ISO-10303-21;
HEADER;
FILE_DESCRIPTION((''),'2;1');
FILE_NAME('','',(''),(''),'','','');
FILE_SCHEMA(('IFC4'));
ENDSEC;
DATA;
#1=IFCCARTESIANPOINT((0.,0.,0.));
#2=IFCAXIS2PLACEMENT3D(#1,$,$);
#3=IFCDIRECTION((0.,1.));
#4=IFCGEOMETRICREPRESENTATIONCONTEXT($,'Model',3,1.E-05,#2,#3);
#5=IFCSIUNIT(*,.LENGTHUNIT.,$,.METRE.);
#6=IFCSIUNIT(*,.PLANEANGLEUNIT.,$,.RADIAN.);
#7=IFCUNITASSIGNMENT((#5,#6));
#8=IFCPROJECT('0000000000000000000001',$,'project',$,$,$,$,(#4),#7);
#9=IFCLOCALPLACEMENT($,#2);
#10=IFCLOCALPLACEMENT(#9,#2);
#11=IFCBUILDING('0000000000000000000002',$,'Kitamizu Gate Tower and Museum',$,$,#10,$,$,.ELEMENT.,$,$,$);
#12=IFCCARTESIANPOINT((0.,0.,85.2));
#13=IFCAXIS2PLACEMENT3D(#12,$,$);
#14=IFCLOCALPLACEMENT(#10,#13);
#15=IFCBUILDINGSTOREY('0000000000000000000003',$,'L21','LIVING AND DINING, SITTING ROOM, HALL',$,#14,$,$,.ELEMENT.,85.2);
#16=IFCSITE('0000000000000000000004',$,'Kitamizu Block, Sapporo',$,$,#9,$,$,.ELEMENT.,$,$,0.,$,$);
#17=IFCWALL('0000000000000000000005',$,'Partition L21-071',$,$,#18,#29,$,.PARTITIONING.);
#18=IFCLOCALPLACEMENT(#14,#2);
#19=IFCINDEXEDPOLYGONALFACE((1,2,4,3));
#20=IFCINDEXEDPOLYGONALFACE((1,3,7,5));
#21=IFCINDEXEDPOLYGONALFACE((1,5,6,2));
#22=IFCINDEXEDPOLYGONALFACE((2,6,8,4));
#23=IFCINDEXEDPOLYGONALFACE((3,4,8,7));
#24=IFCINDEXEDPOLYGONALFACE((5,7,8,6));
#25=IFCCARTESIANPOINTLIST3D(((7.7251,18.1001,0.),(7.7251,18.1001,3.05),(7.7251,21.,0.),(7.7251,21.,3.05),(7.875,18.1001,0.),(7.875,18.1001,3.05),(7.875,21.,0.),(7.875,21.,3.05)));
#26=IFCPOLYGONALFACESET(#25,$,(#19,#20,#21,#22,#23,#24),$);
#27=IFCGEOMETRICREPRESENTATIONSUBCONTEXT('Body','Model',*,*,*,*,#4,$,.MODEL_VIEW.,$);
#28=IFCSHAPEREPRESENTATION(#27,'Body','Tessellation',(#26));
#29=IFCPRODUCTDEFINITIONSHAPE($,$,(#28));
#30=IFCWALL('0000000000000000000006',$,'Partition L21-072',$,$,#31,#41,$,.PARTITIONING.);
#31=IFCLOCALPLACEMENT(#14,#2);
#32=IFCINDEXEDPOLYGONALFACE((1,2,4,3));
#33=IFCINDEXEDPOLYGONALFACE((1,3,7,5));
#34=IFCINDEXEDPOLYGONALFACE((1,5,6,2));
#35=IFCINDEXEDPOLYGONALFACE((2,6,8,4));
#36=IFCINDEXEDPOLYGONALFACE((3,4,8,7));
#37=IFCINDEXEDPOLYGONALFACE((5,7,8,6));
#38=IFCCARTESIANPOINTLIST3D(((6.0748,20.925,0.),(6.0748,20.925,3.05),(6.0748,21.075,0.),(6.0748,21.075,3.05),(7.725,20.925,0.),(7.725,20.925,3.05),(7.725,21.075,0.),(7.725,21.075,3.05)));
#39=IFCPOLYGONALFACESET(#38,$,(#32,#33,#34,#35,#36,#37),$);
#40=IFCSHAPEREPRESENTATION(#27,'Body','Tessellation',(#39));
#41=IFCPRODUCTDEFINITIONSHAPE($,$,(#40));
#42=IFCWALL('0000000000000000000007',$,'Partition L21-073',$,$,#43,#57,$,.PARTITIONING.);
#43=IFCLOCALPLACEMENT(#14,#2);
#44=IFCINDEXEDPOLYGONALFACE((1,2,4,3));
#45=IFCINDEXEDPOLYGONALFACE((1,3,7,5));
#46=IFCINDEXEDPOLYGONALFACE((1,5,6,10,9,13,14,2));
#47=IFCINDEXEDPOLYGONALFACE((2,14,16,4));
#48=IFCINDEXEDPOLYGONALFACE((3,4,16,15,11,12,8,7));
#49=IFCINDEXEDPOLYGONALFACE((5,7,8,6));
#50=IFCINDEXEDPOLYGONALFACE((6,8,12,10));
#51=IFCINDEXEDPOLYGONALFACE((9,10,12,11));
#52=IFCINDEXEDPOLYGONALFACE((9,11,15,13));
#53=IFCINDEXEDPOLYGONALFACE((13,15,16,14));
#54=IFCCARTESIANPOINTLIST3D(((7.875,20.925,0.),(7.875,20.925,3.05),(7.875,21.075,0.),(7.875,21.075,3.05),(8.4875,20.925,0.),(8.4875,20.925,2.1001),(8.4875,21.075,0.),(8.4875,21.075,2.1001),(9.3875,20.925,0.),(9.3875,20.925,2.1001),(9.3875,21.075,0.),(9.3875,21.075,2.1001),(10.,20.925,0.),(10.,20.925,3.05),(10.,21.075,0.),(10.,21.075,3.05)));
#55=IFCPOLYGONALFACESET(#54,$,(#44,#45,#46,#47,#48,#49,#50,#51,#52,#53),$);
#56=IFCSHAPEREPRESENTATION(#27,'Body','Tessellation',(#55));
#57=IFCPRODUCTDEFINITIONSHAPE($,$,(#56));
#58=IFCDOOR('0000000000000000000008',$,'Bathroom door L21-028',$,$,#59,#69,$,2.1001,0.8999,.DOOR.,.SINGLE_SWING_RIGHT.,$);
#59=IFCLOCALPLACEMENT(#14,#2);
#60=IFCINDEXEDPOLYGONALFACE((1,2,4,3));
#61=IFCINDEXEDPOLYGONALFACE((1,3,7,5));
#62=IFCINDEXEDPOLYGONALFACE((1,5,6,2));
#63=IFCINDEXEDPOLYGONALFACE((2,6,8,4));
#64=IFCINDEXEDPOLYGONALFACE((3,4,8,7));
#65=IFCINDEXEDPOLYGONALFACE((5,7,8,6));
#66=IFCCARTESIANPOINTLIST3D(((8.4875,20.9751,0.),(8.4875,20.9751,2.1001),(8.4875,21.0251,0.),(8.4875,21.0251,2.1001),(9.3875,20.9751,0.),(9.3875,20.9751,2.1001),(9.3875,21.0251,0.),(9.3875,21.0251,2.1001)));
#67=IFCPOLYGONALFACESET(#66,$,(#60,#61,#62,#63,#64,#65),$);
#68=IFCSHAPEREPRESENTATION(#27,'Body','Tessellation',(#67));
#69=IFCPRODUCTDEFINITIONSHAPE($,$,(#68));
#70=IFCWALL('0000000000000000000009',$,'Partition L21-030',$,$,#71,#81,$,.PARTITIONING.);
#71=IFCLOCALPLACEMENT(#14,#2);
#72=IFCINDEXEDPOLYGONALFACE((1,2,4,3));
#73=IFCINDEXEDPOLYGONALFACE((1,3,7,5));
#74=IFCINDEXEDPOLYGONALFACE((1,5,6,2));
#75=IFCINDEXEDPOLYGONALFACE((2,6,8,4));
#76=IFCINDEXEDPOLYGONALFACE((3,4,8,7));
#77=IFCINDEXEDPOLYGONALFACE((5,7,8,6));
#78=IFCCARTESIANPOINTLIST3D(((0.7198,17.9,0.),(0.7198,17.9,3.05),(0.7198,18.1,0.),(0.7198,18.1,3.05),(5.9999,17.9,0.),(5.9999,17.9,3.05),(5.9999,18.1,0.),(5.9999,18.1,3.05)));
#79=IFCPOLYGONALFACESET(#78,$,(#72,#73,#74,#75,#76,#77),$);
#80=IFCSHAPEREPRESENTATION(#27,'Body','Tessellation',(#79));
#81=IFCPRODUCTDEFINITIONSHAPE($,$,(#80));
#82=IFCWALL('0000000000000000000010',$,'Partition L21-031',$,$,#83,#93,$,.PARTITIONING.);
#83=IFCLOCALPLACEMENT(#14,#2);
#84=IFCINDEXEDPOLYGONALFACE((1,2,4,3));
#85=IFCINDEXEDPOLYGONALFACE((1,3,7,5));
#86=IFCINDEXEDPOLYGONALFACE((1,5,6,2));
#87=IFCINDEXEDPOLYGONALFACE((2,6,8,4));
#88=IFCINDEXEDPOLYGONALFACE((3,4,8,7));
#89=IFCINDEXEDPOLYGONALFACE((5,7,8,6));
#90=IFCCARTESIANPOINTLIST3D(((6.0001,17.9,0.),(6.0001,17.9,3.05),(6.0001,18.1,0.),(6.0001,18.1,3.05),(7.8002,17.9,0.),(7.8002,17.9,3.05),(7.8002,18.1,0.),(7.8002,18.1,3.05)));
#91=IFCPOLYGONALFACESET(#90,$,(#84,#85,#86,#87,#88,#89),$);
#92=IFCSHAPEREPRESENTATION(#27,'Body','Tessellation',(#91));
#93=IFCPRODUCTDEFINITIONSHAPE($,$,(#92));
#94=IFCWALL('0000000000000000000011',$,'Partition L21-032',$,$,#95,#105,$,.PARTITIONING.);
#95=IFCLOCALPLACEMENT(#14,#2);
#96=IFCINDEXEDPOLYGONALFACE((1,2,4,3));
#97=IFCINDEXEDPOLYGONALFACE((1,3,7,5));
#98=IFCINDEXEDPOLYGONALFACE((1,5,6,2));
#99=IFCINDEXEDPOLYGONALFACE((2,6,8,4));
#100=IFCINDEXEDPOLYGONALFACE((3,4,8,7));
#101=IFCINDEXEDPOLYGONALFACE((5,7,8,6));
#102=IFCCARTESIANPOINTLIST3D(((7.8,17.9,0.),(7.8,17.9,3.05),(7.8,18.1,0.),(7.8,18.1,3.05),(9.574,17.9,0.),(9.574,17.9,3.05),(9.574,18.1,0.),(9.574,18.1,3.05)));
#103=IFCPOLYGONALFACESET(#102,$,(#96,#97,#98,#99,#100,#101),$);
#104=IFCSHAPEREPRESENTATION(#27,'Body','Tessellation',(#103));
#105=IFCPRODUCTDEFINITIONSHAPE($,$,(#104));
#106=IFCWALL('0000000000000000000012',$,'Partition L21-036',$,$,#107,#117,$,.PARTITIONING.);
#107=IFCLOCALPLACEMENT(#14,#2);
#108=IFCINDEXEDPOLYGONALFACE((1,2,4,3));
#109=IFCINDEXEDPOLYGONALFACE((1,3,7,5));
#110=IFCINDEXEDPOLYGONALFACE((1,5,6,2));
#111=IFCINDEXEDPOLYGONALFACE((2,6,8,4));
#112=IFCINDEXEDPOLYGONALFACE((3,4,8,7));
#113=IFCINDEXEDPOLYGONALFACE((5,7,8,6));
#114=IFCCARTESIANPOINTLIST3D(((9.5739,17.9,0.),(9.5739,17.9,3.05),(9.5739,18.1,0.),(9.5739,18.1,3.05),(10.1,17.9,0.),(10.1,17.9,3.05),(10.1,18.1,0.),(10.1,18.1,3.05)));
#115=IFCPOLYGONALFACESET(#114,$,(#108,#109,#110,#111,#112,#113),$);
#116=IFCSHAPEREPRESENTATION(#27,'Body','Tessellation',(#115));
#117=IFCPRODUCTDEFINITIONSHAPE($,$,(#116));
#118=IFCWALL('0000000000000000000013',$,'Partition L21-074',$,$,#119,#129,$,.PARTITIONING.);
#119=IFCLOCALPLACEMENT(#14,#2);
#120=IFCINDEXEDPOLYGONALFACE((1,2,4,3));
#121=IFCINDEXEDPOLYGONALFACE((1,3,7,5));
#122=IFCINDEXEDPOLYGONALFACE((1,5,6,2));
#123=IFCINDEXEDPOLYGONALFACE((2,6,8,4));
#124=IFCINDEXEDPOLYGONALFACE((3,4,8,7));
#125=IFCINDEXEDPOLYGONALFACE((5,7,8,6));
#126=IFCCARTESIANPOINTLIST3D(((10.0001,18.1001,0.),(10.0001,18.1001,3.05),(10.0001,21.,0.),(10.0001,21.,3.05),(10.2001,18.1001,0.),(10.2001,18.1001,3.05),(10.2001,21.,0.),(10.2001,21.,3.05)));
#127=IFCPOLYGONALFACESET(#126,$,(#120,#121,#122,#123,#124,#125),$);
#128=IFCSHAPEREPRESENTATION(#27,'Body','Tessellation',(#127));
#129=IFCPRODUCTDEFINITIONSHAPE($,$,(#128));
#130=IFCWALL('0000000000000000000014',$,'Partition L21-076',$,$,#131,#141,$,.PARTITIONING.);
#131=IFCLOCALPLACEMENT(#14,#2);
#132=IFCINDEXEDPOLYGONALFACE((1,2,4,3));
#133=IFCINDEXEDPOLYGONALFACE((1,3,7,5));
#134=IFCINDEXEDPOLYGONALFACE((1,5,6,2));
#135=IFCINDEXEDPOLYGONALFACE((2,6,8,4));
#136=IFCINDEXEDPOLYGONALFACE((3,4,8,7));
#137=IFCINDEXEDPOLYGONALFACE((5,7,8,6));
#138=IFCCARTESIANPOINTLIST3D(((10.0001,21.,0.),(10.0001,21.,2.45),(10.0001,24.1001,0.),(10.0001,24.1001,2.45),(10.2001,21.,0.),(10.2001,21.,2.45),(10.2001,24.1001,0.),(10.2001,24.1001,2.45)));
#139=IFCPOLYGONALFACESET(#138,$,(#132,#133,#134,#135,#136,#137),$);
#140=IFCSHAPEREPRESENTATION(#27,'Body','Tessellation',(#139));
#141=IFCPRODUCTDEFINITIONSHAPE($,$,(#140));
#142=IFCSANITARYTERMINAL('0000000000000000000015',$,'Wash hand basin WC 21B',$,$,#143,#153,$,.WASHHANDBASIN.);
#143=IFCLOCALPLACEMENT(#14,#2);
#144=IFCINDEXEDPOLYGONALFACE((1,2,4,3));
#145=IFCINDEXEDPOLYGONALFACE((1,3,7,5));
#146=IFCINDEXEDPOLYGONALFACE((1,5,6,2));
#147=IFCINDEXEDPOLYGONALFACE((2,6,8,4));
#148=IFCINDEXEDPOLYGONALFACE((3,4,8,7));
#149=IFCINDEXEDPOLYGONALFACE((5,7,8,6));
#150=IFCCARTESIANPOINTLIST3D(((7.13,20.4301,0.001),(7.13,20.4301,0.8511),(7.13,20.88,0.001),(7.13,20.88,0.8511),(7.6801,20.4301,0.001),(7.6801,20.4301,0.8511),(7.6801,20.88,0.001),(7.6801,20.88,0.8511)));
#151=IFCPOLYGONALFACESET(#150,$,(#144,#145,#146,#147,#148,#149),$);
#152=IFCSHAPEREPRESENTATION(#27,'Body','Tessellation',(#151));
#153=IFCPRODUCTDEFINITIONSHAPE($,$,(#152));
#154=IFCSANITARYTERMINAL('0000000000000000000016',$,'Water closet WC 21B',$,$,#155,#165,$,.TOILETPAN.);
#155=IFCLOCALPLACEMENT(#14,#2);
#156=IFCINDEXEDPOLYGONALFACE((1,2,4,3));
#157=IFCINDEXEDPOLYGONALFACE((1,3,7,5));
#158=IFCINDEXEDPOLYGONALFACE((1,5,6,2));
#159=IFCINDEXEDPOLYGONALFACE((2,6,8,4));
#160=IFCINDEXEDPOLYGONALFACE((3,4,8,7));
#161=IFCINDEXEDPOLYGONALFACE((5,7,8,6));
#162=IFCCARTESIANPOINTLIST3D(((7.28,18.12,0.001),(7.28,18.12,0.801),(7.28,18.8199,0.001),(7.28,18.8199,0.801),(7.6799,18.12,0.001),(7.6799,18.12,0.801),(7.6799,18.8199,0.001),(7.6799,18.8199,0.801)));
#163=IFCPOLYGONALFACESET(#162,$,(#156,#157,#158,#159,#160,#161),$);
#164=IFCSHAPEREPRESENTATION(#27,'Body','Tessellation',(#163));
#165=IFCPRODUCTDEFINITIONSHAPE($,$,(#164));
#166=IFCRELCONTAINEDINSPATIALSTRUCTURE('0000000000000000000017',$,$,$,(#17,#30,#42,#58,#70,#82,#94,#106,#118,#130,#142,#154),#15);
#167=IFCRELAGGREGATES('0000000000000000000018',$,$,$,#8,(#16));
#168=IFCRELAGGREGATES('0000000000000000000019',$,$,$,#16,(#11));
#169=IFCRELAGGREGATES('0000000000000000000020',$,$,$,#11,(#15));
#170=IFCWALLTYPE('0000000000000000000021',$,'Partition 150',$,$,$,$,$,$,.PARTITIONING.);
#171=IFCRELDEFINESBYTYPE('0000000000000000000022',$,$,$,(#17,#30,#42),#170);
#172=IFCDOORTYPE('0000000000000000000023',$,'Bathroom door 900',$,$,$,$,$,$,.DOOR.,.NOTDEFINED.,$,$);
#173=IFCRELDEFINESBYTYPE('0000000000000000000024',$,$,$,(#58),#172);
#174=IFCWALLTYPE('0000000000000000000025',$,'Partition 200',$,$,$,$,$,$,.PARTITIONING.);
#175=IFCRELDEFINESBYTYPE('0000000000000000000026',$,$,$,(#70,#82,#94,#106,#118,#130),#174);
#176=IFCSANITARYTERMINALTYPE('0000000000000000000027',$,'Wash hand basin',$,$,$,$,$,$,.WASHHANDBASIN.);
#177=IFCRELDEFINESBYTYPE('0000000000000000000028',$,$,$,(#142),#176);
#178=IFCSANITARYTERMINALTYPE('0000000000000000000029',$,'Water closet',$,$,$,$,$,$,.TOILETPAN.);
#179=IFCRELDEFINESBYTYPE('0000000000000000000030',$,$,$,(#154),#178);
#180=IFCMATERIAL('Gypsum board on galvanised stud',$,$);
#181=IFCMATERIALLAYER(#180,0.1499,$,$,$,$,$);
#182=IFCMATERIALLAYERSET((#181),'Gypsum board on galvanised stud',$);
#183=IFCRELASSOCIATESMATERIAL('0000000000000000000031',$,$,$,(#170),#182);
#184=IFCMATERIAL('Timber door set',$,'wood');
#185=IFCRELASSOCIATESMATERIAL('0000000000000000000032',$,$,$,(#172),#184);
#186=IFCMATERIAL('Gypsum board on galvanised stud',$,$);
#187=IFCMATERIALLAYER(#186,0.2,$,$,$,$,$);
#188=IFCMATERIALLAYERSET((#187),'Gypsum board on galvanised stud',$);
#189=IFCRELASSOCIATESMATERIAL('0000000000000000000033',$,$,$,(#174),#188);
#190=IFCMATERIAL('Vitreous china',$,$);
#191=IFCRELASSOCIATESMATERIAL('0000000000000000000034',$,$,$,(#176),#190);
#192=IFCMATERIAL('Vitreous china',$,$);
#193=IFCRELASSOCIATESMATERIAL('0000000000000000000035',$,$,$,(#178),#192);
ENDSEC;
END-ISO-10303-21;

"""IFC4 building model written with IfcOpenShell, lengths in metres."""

from ifc_helpers import new_model, si_unit, direction, frame, frame_2d, origin, origin_2d, place, context, subcontext, project, spatial, rectangle, extrude, material, layer, layer_set, type_object, element, fill, save


model = new_model("IFC4")

# Units and contexts
model_context = context("Model", 3, precision=1e-05, world=origin(), true_north=direction((0.0, 1.0)))
body_context = subcontext(model_context, "Body", "Model", "MODEL_VIEW")
ifc_project = project(units=[si_unit("LENGTHUNIT", "METRE"), si_unit("PLANEANGLEUNIT", "RADIAN")], contexts=[model_context])

# Site, building, storey
site_placement = place(None, origin())
site = spatial("IfcSite", under=ifc_project, at=site_placement, Name="Kitamizu Block, Sapporo", CompositionType="ELEMENT", RefElevation=0.0)
building_placement = place(site_placement, origin())
building = spatial("IfcBuilding", under=site, at=building_placement, Name="Kitamizu Gate Tower and Museum", CompositionType="ELEMENT")
storey_placement = place(building_placement, frame((0.0, 0.0, 85.2)))
storey = spatial("IfcBuildingStorey", under=building, at=storey_placement, Name="L21", Description="LIVING AND DINING, SITTING ROOM, HALL", CompositionType="ELEMENT", Elevation=85.2)

# Shared definitions
ifc_material_1 = material(Name="Gypsum board on galvanised stud")
ifc_layer_1 = layer(ifc_material_1, 0.1499)
ifc_layer_set_1 = layer_set([ifc_layer_1], Name="Gypsum board on galvanised stud")
wall_type_1 = type_object("IfcWallType", Name="Partition 150", PredefinedType="PARTITIONING", material=ifc_layer_set_1)

# Shared definitions
ifc_material_2 = material(Name="Timber door set", Category="wood")
door_type_1 = type_object("IfcDoorType", Name="Bathroom door 900", OperationType="NOTDEFINED", PredefinedType="DOOR", material=ifc_material_2)

# Walls
wall_1_placement = place(storey_placement, frame((7.8, 18.1001, 0.0), z_axis=(0.0, 0.0, 1.0), x_axis=(0.0, 1.0, 0.0)))
element("IfcWall", 1, at=wall_1_placement, inside=storey, type_object=wall_type_1, Name="Partition L21-071", PredefinedType="PARTITIONING", context=body_context, shape_type="SweptSolid", body=[
    extrude(rectangle(XDim=2.8999, YDim=0.1499, at=frame_2d((1.45, 0.0))), origin(), (0.0, 0.0, 1.0), 3.05),
])
wall_2_placement = place(storey_placement, frame((7.7251, 21.0, 0.0), z_axis=(0.0, 0.0, 1.0), x_axis=(-1.0, 0.0, 0.0)))
element("IfcWall", 2, at=wall_2_placement, inside=storey, type_object=wall_type_1, Name="Partition L21-072", PredefinedType="PARTITIONING", context=body_context, shape_type="SweptSolid", body=[
    extrude(rectangle(XDim=1.6501, YDim=0.1499, at=frame_2d((0.8252, 0.0))), origin(), (0.0, 0.0, 1.0), 3.05),
])

# Wall, opening, door
wall_3_placement = place(storey_placement, frame((10.0, 21.0, 0.0), z_axis=(0.0, 0.0, 1.0), x_axis=(-1.0, 0.0, 0.0)))
wall_3 = element("IfcWall", 3, at=wall_3_placement, inside=storey, type_object=wall_type_1, Name="Partition L21-073", PredefinedType="PARTITIONING", context=body_context, shape_type="SweptSolid", body=[
    extrude(rectangle(XDim=2.125, YDim=0.1499, at=frame_2d((1.0625, 0.0))), origin(), (0.0, 0.0, 1.0), 3.05),
])
opening_1_placement = place(wall_3_placement, frame((0.6125, 0.0, 0.0)))
opening_1 = element("IfcOpeningElement", 4, at=opening_1_placement, cuts=wall_3, PredefinedType="OPENING", context=body_context, shape_type="SweptSolid", body=[
    extrude(rectangle(XDim=0.8999, YDim=2.1001, at=frame_2d((0.45, 1.05))), frame((0.0, 0.085, 0.0), z_axis=(0.0, -1.0, 0.0), x_axis=(1.0, 0.0, 0.0)), (0.0, 0.0, 1.0), 0.1699),
])
door_1_placement = place(opening_1_placement, origin())
door_1 = element("IfcDoor", 5, at=door_1_placement, inside=storey, type_object=door_type_1, Name="Bathroom door L21-028", OperationType="SINGLE_SWING_RIGHT", OverallHeight=2.1001, OverallWidth=0.8999, PredefinedType="DOOR", context=body_context, shape_type="SweptSolid", body=[
    extrude(rectangle(XDim=0.8999, YDim=2.1001, at=frame_2d((0.45, 1.05))), frame((0.0, 0.0249, 0.0), z_axis=(0.0, -1.0, 0.0), x_axis=(1.0, 0.0, 0.0)), (0.0, 0.0, 1.0), 0.05),
])
fill(opening_1, door_1)

# Walls
ifc_material_3 = material(Name="Gypsum board on galvanised stud")
ifc_layer_2 = layer(ifc_material_3, 0.2)
ifc_layer_set_2 = layer_set([ifc_layer_2], Name="Gypsum board on galvanised stud")
wall_type_2 = type_object("IfcWallType", Name="Partition 200", PredefinedType="PARTITIONING", material=ifc_layer_set_2)
wall_4_placement = place(storey_placement, frame((6.0, 18.0, 0.0), z_axis=(0.0, 0.0, 1.0), x_axis=(-1.0, 0.0, 0.0)))
element("IfcWall", 6, at=wall_4_placement, inside=storey, type_object=wall_type_2, Name="Partition L21-030", PredefinedType="PARTITIONING", context=body_context, shape_type="SweptSolid", body=[
    extrude(rectangle(XDim=5.28, YDim=0.2, at=frame_2d((2.6401, 0.0))), origin(), (0.0, 0.0, 1.0), 3.05),
])
wall_5_placement = place(storey_placement, frame((7.8, 18.0, 0.0), z_axis=(0.0, 0.0, 1.0), x_axis=(-1.0, 0.0, 0.0)))
element("IfcWall", 7, at=wall_5_placement, inside=storey, type_object=wall_type_2, Name="Partition L21-031", PredefinedType="PARTITIONING", context=body_context, shape_type="SweptSolid", body=[
    extrude(rectangle(XDim=1.8, YDim=0.2, at=frame_2d((0.8999, 0.0))), origin(), (0.0, 0.0, 1.0), 3.05),
])
wall_6_placement = place(storey_placement, frame((9.574, 18.0, 0.0), z_axis=(0.0, 0.0, 1.0), x_axis=(-1.0, 0.0, 0.0)))
element("IfcWall", 8, at=wall_6_placement, inside=storey, type_object=wall_type_2, Name="Partition L21-032", PredefinedType="PARTITIONING", context=body_context, shape_type="SweptSolid", body=[
    extrude(rectangle(XDim=1.7739, YDim=0.2, at=frame_2d((0.887, 0.0))), origin(), (0.0, 0.0, 1.0), 3.05),
])
wall_7_placement = place(storey_placement, frame((10.1001, 18.0, 0.0), z_axis=(0.0, 0.0, 1.0), x_axis=(-1.0, 0.0, 0.0)))
element("IfcWall", 9, at=wall_7_placement, inside=storey, type_object=wall_type_2, Name="Partition L21-036", PredefinedType="PARTITIONING", context=body_context, shape_type="SweptSolid", body=[
    extrude(rectangle(XDim=0.5261, YDim=0.2, at=frame_2d((0.2632, 0.0))), origin(), (0.0, 0.0, 1.0), 3.05),
])
wall_8_placement = place(storey_placement, frame((10.1001, 18.1001, 0.0), z_axis=(0.0, 0.0, 1.0), x_axis=(0.0, 1.0, 0.0)))
element("IfcWall", 10, at=wall_8_placement, inside=storey, type_object=wall_type_2, Name="Partition L21-074", PredefinedType="PARTITIONING", context=body_context, shape_type="SweptSolid", body=[
    extrude(rectangle(XDim=2.8999, YDim=0.2, at=frame_2d((1.45, 0.0))), origin(), (0.0, 0.0, 1.0), 3.05),
])
wall_9_placement = place(storey_placement, frame((10.1001, 21.0, 0.0), z_axis=(0.0, 0.0, 1.0), x_axis=(0.0, 1.0, 0.0)))
element("IfcWall", 11, at=wall_9_placement, inside=storey, type_object=wall_type_2, Name="Partition L21-076", PredefinedType="PARTITIONING", context=body_context, shape_type="SweptSolid", body=[
    extrude(rectangle(XDim=3.1001, YDim=0.2, at=frame_2d((1.55, 0.0))), origin(), (0.0, 0.0, 1.0), 2.45),
])

# Sanitary terminals
ifc_material_4 = material(Name="Vitreous china")
sanitary_terminal_type_1 = type_object("IfcSanitaryTerminalType", Name="Wash hand basin", PredefinedType="WASHHANDBASIN", material=ifc_material_4)
sanitary_terminal_1_placement = place(storey_placement, frame((7.405, 20.655, 0.001), z_axis=(0.0, 0.0, 1.0), x_axis=(1.0, 0.0, 0.0)))
element("IfcSanitaryTerminal", 12, at=sanitary_terminal_1_placement, inside=storey, type_object=sanitary_terminal_type_1, Name="Wash hand basin WC 21B", PredefinedType="WASHHANDBASIN", context=body_context, shape_type="SweptSolid", body=[
    extrude(rectangle(XDim=0.55, YDim=0.45, at=origin_2d()), origin(), (0.0, 0.0, 1.0), 0.8501),
])
ifc_material_5 = material(Name="Vitreous china")
sanitary_terminal_type_2 = type_object("IfcSanitaryTerminalType", Name="Water closet", PredefinedType="TOILETPAN", material=ifc_material_5)
sanitary_terminal_2_placement = place(storey_placement, frame((7.48, 18.47, 0.001), z_axis=(0.0, 0.0, 1.0), x_axis=(1.0, 0.0, 0.0)))
element("IfcSanitaryTerminal", 13, at=sanitary_terminal_2_placement, inside=storey, type_object=sanitary_terminal_type_2, Name="Water closet WC 21B", PredefinedType="TOILETPAN", context=body_context, shape_type="SweptSolid", body=[
    extrude(rectangle(XDim=0.3999, YDim=0.7, at=origin_2d()), origin(), (0.0, 0.0, 1.0), 0.8),
])

save(model, "model.ifc")
